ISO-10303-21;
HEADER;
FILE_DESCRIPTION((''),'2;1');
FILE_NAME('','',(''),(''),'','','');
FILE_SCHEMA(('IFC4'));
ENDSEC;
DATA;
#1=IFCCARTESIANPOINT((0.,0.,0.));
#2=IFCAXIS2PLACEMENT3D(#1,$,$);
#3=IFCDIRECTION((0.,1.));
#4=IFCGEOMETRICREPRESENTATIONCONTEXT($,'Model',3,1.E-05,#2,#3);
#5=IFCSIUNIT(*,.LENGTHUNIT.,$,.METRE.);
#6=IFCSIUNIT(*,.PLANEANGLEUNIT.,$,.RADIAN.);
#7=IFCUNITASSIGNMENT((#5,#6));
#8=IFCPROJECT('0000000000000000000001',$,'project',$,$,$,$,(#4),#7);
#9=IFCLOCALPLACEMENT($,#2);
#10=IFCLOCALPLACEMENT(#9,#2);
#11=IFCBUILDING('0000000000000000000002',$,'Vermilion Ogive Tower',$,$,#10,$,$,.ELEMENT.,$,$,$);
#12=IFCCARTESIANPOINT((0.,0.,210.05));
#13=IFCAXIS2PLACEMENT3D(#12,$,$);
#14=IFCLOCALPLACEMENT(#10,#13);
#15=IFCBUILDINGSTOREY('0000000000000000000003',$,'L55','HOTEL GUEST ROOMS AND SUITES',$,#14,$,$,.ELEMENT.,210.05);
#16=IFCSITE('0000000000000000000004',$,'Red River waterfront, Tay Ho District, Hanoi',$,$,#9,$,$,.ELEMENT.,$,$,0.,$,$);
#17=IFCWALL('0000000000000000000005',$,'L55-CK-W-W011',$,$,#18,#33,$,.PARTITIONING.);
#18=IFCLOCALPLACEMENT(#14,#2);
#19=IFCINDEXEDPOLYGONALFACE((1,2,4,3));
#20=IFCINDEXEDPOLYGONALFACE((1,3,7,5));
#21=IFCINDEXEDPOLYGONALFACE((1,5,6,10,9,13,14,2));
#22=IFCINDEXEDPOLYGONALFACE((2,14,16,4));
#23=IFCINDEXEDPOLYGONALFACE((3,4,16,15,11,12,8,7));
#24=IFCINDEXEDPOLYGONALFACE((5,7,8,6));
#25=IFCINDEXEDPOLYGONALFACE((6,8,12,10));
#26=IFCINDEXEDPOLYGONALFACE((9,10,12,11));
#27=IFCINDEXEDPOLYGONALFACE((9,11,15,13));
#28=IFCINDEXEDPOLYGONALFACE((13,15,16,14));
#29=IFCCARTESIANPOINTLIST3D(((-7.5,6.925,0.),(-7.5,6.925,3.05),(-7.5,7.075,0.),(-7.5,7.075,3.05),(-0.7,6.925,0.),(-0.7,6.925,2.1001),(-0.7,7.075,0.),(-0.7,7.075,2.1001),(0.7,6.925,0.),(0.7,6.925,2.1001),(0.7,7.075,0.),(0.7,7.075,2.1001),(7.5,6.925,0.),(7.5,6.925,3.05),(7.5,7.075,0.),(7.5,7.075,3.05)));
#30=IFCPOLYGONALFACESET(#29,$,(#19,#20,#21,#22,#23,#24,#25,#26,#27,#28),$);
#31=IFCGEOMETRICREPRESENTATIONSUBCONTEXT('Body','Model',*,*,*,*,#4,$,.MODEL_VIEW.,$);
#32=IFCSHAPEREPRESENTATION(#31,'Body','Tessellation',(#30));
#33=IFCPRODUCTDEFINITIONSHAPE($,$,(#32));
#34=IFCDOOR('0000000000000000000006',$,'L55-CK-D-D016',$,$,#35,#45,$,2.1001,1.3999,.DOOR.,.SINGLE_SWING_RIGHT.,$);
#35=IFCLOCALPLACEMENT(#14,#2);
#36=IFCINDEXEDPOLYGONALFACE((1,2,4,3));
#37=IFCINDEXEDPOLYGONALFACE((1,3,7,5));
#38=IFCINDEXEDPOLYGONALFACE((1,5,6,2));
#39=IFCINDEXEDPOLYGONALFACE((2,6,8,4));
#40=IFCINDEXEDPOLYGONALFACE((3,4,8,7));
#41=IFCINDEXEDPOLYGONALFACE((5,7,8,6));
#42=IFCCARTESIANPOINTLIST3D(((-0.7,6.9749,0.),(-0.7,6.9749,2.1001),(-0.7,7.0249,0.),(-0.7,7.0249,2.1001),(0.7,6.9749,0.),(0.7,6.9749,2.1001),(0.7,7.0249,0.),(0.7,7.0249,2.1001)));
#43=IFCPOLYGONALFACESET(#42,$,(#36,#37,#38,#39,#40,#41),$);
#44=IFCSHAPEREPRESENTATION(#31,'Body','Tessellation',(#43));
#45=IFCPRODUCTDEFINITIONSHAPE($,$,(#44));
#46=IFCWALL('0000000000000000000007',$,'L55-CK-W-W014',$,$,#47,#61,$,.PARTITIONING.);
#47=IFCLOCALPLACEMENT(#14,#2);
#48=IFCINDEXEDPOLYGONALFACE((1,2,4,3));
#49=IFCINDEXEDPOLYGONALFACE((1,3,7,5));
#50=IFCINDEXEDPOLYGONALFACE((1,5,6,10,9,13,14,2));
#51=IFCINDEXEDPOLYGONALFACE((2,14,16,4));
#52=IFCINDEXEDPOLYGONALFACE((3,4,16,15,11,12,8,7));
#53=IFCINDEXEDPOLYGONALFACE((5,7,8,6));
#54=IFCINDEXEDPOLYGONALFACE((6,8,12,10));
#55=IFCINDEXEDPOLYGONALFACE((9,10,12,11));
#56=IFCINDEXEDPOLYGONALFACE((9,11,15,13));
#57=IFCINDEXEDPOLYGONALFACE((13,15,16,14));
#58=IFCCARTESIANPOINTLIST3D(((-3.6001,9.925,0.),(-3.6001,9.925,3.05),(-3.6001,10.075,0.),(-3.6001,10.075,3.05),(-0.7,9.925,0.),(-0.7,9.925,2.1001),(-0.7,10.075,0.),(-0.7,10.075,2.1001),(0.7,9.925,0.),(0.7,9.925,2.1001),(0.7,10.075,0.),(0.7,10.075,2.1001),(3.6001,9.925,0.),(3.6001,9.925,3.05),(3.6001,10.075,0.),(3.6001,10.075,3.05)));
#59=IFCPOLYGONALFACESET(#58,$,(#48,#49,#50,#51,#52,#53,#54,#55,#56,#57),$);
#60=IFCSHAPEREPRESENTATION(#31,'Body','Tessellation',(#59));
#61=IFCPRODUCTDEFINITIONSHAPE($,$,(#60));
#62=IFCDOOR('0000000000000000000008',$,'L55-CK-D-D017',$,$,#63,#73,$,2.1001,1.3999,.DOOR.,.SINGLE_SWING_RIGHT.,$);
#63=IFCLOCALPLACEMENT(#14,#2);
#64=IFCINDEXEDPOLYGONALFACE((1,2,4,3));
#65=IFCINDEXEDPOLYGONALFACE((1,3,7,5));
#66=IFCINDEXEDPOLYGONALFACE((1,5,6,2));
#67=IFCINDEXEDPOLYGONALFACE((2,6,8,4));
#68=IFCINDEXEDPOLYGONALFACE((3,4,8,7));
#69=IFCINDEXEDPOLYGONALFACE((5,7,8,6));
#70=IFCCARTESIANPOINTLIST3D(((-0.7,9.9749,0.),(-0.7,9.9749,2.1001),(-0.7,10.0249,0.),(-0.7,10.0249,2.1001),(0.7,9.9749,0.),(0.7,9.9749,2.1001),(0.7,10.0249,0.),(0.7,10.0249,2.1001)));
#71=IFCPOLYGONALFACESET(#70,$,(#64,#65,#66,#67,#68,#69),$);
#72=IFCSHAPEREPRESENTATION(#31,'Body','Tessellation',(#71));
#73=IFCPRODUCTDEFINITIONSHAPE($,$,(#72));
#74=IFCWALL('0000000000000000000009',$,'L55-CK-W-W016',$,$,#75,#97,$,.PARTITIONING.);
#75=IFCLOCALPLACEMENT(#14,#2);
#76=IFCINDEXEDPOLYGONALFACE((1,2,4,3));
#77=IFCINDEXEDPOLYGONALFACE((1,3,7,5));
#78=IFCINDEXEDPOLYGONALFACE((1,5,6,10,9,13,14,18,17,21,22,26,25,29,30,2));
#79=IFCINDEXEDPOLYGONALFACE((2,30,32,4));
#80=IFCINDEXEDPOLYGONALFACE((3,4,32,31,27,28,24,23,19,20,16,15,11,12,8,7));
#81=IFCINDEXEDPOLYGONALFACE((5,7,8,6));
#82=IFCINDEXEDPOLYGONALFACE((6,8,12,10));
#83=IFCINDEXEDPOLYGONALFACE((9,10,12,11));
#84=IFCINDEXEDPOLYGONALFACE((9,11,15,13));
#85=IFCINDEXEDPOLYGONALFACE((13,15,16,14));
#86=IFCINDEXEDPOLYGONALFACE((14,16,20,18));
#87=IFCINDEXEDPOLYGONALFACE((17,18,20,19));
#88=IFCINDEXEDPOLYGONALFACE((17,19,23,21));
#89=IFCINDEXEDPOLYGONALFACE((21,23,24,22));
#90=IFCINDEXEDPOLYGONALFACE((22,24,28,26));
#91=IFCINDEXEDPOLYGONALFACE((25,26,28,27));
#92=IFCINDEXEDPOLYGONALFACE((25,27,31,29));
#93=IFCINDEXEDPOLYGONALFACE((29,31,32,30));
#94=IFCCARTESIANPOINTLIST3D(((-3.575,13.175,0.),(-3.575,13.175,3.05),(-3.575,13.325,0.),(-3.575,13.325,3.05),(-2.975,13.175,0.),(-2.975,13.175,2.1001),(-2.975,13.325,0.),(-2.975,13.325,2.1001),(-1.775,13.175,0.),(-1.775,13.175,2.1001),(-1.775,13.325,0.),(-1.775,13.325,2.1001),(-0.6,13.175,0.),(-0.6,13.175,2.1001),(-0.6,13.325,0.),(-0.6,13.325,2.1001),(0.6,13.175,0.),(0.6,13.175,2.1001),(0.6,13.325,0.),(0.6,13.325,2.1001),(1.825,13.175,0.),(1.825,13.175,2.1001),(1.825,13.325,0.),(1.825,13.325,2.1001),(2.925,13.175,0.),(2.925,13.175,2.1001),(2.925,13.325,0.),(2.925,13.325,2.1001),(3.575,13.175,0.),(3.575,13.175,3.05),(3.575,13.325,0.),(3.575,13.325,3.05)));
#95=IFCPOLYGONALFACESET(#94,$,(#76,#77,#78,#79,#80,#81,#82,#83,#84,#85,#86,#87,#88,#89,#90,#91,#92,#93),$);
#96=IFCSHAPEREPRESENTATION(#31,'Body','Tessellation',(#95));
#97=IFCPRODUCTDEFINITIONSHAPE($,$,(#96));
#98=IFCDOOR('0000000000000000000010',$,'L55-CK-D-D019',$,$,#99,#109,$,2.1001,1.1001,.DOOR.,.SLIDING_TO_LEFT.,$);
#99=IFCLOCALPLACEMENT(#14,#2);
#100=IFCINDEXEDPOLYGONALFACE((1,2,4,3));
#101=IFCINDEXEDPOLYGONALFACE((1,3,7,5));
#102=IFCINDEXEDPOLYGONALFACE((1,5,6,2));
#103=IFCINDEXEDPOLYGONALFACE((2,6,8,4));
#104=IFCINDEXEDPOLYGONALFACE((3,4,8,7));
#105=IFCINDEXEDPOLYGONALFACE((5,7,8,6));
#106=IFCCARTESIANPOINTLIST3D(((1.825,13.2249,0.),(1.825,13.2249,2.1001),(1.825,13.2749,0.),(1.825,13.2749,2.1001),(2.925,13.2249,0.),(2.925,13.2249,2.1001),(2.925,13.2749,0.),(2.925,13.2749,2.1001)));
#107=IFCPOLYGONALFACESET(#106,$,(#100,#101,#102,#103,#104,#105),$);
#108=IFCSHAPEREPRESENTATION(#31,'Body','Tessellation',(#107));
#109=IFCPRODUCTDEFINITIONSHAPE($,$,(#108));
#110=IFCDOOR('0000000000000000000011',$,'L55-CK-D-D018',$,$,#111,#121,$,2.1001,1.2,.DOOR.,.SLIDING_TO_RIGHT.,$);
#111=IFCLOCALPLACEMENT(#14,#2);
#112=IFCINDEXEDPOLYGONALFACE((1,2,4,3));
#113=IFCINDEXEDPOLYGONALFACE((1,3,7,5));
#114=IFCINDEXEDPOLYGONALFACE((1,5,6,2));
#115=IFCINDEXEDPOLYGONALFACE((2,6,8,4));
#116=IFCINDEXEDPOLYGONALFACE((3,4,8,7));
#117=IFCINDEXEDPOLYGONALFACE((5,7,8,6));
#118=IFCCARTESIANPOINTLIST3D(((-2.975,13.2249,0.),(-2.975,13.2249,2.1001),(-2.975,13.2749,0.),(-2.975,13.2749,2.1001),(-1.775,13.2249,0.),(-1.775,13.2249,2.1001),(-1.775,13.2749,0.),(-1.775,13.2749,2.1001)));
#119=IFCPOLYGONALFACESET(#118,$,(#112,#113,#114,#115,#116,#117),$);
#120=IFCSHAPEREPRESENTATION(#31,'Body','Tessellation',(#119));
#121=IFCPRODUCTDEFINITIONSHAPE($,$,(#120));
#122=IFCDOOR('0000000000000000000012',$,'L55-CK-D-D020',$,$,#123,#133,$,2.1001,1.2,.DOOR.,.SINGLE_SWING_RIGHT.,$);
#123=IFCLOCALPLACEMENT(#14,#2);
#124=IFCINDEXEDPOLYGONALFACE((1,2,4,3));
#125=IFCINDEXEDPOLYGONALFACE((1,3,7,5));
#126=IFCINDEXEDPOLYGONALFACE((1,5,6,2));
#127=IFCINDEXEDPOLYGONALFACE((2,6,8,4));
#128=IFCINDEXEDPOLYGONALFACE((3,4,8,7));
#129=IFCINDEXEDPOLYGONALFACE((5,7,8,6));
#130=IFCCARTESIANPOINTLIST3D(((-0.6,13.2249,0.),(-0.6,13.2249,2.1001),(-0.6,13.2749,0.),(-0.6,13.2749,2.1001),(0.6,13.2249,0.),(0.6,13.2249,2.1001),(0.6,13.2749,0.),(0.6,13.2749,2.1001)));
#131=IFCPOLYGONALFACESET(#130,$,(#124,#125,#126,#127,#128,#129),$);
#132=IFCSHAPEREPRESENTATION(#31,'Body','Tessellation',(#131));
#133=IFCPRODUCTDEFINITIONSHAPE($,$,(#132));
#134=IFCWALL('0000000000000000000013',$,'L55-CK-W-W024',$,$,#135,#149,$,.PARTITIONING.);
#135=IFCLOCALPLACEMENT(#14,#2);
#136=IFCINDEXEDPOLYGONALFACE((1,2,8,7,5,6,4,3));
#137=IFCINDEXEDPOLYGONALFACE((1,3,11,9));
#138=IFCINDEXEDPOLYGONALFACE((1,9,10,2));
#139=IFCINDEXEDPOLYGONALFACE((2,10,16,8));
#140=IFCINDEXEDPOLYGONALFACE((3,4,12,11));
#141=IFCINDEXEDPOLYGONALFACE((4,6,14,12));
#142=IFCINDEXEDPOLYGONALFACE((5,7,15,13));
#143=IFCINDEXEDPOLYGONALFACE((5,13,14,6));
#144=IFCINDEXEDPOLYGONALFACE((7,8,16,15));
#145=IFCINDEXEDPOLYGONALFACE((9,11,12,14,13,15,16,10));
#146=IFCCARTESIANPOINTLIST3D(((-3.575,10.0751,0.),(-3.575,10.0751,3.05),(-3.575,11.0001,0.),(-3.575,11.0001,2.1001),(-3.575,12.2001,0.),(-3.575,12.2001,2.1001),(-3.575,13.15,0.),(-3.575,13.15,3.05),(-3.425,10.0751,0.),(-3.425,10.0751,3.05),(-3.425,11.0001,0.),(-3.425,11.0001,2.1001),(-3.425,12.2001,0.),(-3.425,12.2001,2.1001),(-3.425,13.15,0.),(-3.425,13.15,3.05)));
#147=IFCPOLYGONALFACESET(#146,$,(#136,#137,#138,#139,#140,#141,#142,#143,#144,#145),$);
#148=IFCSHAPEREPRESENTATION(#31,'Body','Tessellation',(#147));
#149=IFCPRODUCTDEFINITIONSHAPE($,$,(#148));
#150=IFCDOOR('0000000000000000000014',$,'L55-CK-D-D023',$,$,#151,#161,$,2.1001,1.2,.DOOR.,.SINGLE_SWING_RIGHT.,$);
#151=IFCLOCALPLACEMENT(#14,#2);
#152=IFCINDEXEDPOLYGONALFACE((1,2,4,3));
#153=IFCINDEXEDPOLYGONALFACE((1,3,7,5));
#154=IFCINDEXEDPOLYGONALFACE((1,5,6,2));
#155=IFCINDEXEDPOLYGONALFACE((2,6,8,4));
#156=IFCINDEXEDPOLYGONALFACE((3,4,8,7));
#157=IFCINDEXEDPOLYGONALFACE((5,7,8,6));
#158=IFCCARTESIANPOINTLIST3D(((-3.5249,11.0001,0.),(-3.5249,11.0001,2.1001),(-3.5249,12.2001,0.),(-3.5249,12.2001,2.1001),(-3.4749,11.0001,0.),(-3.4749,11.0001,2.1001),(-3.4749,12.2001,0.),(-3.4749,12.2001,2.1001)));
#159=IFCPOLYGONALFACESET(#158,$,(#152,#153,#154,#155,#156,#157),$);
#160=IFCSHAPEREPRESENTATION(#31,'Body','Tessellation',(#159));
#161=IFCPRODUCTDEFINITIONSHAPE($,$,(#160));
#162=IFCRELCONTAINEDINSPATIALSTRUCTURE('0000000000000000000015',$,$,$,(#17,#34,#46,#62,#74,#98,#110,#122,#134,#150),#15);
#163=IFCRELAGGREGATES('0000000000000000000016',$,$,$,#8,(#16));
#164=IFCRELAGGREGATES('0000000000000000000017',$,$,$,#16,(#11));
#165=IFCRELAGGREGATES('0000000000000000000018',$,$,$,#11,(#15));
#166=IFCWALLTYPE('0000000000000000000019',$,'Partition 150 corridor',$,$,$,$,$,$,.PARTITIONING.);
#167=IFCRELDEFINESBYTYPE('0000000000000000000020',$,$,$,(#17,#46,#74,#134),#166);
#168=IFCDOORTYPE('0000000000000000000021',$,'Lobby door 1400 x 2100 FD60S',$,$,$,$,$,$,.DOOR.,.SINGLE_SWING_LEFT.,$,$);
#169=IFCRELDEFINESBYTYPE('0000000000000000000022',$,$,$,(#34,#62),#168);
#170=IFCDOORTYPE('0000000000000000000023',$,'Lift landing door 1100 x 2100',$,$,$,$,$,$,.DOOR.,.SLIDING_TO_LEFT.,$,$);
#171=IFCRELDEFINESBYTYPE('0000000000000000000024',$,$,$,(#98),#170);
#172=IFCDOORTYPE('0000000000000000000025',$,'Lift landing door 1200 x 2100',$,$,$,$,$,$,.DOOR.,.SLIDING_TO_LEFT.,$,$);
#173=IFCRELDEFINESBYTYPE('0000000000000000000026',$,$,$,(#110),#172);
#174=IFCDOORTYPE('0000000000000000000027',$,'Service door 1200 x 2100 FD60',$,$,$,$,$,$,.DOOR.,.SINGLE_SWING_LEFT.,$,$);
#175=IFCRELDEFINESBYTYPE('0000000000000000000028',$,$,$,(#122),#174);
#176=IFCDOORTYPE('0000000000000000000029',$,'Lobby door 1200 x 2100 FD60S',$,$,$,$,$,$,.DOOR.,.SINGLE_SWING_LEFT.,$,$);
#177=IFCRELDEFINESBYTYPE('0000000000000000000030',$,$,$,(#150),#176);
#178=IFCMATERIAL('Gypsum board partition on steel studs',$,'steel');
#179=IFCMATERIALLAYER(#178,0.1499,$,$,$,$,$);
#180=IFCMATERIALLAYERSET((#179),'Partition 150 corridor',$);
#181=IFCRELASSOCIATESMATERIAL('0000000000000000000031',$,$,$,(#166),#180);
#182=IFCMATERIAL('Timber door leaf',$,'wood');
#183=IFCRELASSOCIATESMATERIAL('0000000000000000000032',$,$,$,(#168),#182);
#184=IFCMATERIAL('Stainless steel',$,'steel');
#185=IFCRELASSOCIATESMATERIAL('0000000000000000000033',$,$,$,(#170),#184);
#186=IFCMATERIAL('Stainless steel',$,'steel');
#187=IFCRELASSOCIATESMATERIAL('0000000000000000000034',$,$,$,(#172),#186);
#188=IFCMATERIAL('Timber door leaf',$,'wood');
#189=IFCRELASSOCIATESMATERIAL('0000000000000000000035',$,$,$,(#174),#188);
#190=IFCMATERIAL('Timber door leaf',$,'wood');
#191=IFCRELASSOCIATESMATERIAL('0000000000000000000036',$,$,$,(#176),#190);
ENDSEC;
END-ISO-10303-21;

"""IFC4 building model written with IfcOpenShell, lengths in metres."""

from ifc_helpers import new_model, si_unit, direction, frame, frame_2d, origin, place, context, subcontext, project, spatial, rectangle, extrude, material, layer, layer_set, type_object, element, fill, save


model = new_model("IFC4")

# Units and contexts
model_context = context("Model", 3, precision=1e-05, world=origin(), true_north=direction((0.0, 1.0)))
body_context = subcontext(model_context, "Body", "Model", "MODEL_VIEW")
ifc_project = project(units=[si_unit("LENGTHUNIT", "METRE"), si_unit("PLANEANGLEUNIT", "RADIAN")], contexts=[model_context])

# Site, building, storey
site_placement = place(None, origin())
site = spatial("IfcSite", under=ifc_project, at=site_placement, Name="Red River waterfront, Tay Ho District, Hanoi", CompositionType="ELEMENT", RefElevation=0.0)
building_placement = place(site_placement, origin())
building = spatial("IfcBuilding", under=site, at=building_placement, Name="Vermilion Ogive Tower", CompositionType="ELEMENT")
storey_placement = place(building_placement, frame((0.0, 0.0, 210.05)))
storey = spatial("IfcBuildingStorey", under=building, at=storey_placement, Name="L55", Description="HOTEL GUEST ROOMS AND SUITES", CompositionType="ELEMENT", Elevation=210.05)

# Walls, openings, doors
ifc_material_1 = material(Name="Gypsum board partition on steel studs", Category="steel")
ifc_layer_1 = layer(ifc_material_1, 0.1499)
ifc_layer_set_1 = layer_set([ifc_layer_1], Name="Partition 150 corridor")
wall_type_1 = type_object("IfcWallType", Name="Partition 150 corridor", PredefinedType="PARTITIONING", material=ifc_layer_set_1)
wall_1_placement = place(storey_placement, frame((-7.5, 7.0, 0.0), z_axis=(0.0, 0.0, 1.0), x_axis=(1.0, 0.0, 0.0)))
wall_1 = element("IfcWall", 1, at=wall_1_placement, inside=storey, type_object=wall_type_1, Name="L55-CK-W-W011", PredefinedType="PARTITIONING", context=body_context, shape_type="SweptSolid", body=[
    extrude(rectangle(XDim=15.0, YDim=0.1499, at=frame_2d((7.5, 0.0))), origin(), (0.0, 0.0, 1.0), 3.05),
])
opening_1_placement = place(wall_1_placement, frame((6.8, 0.0, 0.0)))
opening_1 = element("IfcOpeningElement", 2, at=opening_1_placement, cuts=wall_1, PredefinedType="OPENING", context=body_context, shape_type="SweptSolid", body=[
    extrude(rectangle(XDim=1.3999, YDim=2.1001, at=frame_2d((0.7, 1.05))), frame((0.0, 0.085, 0.0), z_axis=(0.0, -1.0, 0.0), x_axis=(1.0, 0.0, 0.0)), (0.0, 0.0, 1.0), 0.1699),
])
ifc_material_2 = material(Name="Timber door leaf", Category="wood")
door_type_1 = type_object("IfcDoorType", Name="Lobby door 1400 x 2100 FD60S", OperationType="SINGLE_SWING_LEFT", PredefinedType="DOOR", material=ifc_material_2)
door_1_placement = place(opening_1_placement, origin())
door_1 = element("IfcDoor", 3, at=door_1_placement, inside=storey, type_object=door_type_1, Name="L55-CK-D-D016", OperationType="SINGLE_SWING_RIGHT", OverallHeight=2.1001, OverallWidth=1.3999, PredefinedType="DOOR", context=body_context, shape_type="SweptSolid", body=[
    extrude(rectangle(XDim=1.3999, YDim=2.1001, at=frame_2d((0.7, 1.05))), frame((0.0, 0.0249, 0.0), z_axis=(0.0, -1.0, 0.0), x_axis=(1.0, 0.0, 0.0)), (0.0, 0.0, 1.0), 0.05),
])
fill(opening_1, door_1)
wall_2_placement = place(storey_placement, frame((-3.6001, 10.0, 0.0), z_axis=(0.0, 0.0, 1.0), x_axis=(1.0, 0.0, 0.0)))
wall_2 = element("IfcWall", 4, at=wall_2_placement, inside=storey, type_object=wall_type_1, Name="L55-CK-W-W014", PredefinedType="PARTITIONING", context=body_context, shape_type="SweptSolid", body=[
    extrude(rectangle(XDim=7.2002, YDim=0.1499, at=frame_2d((3.6001, 0.0))), origin(), (0.0, 0.0, 1.0), 3.05),
])
opening_2_placement = place(wall_2_placement, frame((2.9001, 0.0, 0.0)))
opening_2 = element("IfcOpeningElement", 5, at=opening_2_placement, cuts=wall_2, PredefinedType="OPENING", context=body_context, shape_type="SweptSolid", body=[
    extrude(rectangle(XDim=1.3999, YDim=2.1001, at=frame_2d((0.7, 1.05))), frame((0.0, 0.085, 0.0), z_axis=(0.0, -1.0, 0.0), x_axis=(1.0, 0.0, 0.0)), (0.0, 0.0, 1.0), 0.1699),
])
door_2_placement = place(opening_2_placement, origin())
door_2 = element("IfcDoor", 6, at=door_2_placement, inside=storey, type_object=door_type_1, Name="L55-CK-D-D017", OperationType="SINGLE_SWING_RIGHT", OverallHeight=2.1001, OverallWidth=1.3999, PredefinedType="DOOR", context=body_context, shape_type="SweptSolid", body=[
    extrude(rectangle(XDim=1.3999, YDim=2.1001, at=frame_2d((0.7, 1.05))), frame((0.0, 0.0249, 0.0), z_axis=(0.0, -1.0, 0.0), x_axis=(1.0, 0.0, 0.0)), (0.0, 0.0, 1.0), 0.05),
])
fill(opening_2, door_2)

# Wall, openings, doors
wall_3_placement = place(storey_placement, frame((-3.575, 13.25, 0.0), z_axis=(0.0, 0.0, 1.0), x_axis=(1.0, 0.0, 0.0)))
wall_3 = element("IfcWall", 7, at=wall_3_placement, inside=storey, type_object=wall_type_1, Name="L55-CK-W-W016", PredefinedType="PARTITIONING", context=body_context, shape_type="SweptSolid", body=[
    extrude(rectangle(XDim=7.1499, YDim=0.1499, at=frame_2d((3.575, 0.0))), origin(), (0.0, 0.0, 1.0), 3.05),
])
opening_3_placement = place(wall_3_placement, frame((0.5999, 0.0, 0.0)))
opening_3 = element("IfcOpeningElement", 8, at=opening_3_placement, cuts=wall_3, PredefinedType="OPENING", context=body_context, shape_type="SweptSolid", body=[
    extrude(rectangle(XDim=1.2, YDim=2.1001, at=frame_2d((0.6001, 1.05))), frame((0.0, 0.085, 0.0), z_axis=(0.0, -1.0, 0.0), x_axis=(1.0, 0.0, 0.0)), (0.0, 0.0, 1.0), 0.1699),
])
opening_4_placement = place(wall_3_placement, frame((5.3999, 0.0, 0.0)))
opening_4 = element("IfcOpeningElement", 9, at=opening_4_placement, cuts=wall_3, PredefinedType="OPENING", context=body_context, shape_type="SweptSolid", body=[
    extrude(rectangle(XDim=1.1001, YDim=2.1001, at=frame_2d((0.55, 1.05))), frame((0.0, 0.085, 0.0), z_axis=(0.0, -1.0, 0.0), x_axis=(1.0, 0.0, 0.0)), (0.0, 0.0, 1.0), 0.1699),
])
opening_5_placement = place(wall_3_placement, frame((2.9749, 0.0, 0.0)))
opening_5 = element("IfcOpeningElement", 10, at=opening_5_placement, cuts=wall_3, PredefinedType="OPENING", context=body_context, shape_type="SweptSolid", body=[
    extrude(rectangle(XDim=1.2, YDim=2.1001, at=frame_2d((0.6001, 1.05))), frame((0.0, 0.085, 0.0), z_axis=(0.0, -1.0, 0.0), x_axis=(1.0, 0.0, 0.0)), (0.0, 0.0, 1.0), 0.1699),
])
ifc_material_3 = material(Name="Stainless steel", Category="steel")
door_type_2 = type_object("IfcDoorType", Name="Lift landing door 1100 x 2100", OperationType="SLIDING_TO_LEFT", PredefinedType="DOOR", material=ifc_material_3)
door_3_placement = place(opening_4_placement, origin())
door_3 = element("IfcDoor", 11, at=door_3_placement, inside=storey, type_object=door_type_2, Name="L55-CK-D-D019", OperationType="SLIDING_TO_LEFT", OverallHeight=2.1001, OverallWidth=1.1001, PredefinedType="DOOR", context=body_context, shape_type="SweptSolid", body=[
    extrude(rectangle(XDim=1.1001, YDim=2.1001, at=frame_2d((0.55, 1.05))), frame((0.0, 0.0249, 0.0), z_axis=(0.0, -1.0, 0.0), x_axis=(1.0, 0.0, 0.0)), (0.0, 0.0, 1.0), 0.05),
])
fill(opening_4, door_3)
ifc_material_4 = material(Name="Stainless steel", Category="steel")
door_type_3 = type_object("IfcDoorType", Name="Lift landing door 1200 x 2100", OperationType="SLIDING_TO_LEFT", PredefinedType="DOOR", material=ifc_material_4)
door_4_placement = place(opening_3_placement, origin())
door_4 = element("IfcDoor", 12, at=door_4_placement, inside=storey, type_object=door_type_3, Name="L55-CK-D-D018", OperationType="SLIDING_TO_RIGHT", OverallHeight=2.1001, OverallWidth=1.2, PredefinedType="DOOR", context=body_context, shape_type="SweptSolid", body=[
    extrude(rectangle(XDim=1.2, YDim=2.1001, at=frame_2d((0.6001, 1.05))), frame((0.0, 0.0249, 0.0), z_axis=(0.0, -1.0, 0.0), x_axis=(1.0, 0.0, 0.0)), (0.0, 0.0, 1.0), 0.05),
])
fill(opening_3, door_4)
ifc_material_5 = material(Name="Timber door leaf", Category="wood")
door_type_4 = type_object("IfcDoorType", Name="Service door 1200 x 2100 FD60", OperationType="SINGLE_SWING_LEFT", PredefinedType="DOOR", material=ifc_material_5)
door_5_placement = place(opening_5_placement, origin())
door_5 = element("IfcDoor", 13, at=door_5_placement, inside=storey, type_object=door_type_4, Name="L55-CK-D-D020", OperationType="SINGLE_SWING_RIGHT", OverallHeight=2.1001, OverallWidth=1.2, PredefinedType="DOOR", context=body_context, shape_type="SweptSolid", body=[
    extrude(rectangle(XDim=1.2, YDim=2.1001, at=frame_2d((0.6001, 1.05))), frame((0.0, 0.0249, 0.0), z_axis=(0.0, -1.0, 0.0), x_axis=(1.0, 0.0, 0.0)), (0.0, 0.0, 1.0), 0.05),
])
fill(opening_5, door_5)

# Wall, opening, door
wall_4_placement = place(storey_placement, frame((-3.5, 10.075, 0.0), z_axis=(0.0, 0.0, 1.0), x_axis=(0.0, 1.0, 0.0)))
wall_4 = element("IfcWall", 14, at=wall_4_placement, inside=storey, type_object=wall_type_1, Name="L55-CK-W-W024", PredefinedType="PARTITIONING", context=body_context, shape_type="SweptSolid", body=[
    extrude(rectangle(XDim=3.075, YDim=0.1499, at=frame_2d((1.5376, 0.0))), origin(), (0.0, 0.0, 1.0), 3.05),
])
opening_6_placement = place(wall_4_placement, frame((0.925, 0.0, 0.0)))
opening_6 = element("IfcOpeningElement", 15, at=opening_6_placement, cuts=wall_4, PredefinedType="OPENING", context=body_context, shape_type="SweptSolid", body=[
    extrude(rectangle(XDim=1.2, YDim=2.1001, at=frame_2d((0.6001, 1.05))), frame((0.0, 0.085, 0.0), z_axis=(0.0, -1.0, 0.0), x_axis=(1.0, 0.0, 0.0)), (0.0, 0.0, 1.0), 0.1699),
])
ifc_material_6 = material(Name="Timber door leaf", Category="wood")
door_type_5 = type_object("IfcDoorType", Name="Lobby door 1200 x 2100 FD60S", OperationType="SINGLE_SWING_LEFT", PredefinedType="DOOR", material=ifc_material_6)
door_6_placement = place(opening_6_placement, origin())
door_6 = element("IfcDoor", 16, at=door_6_placement, inside=storey, type_object=door_type_5, Name="L55-CK-D-D023", OperationType="SINGLE_SWING_RIGHT", OverallHeight=2.1001, OverallWidth=1.2, PredefinedType="DOOR", context=body_context, shape_type="SweptSolid", body=[
    extrude(rectangle(XDim=1.2, YDim=2.1001, at=frame_2d((0.6001, 1.05))), frame((0.0, 0.0249, 0.0), z_axis=(0.0, -1.0, 0.0), x_axis=(1.0, 0.0, 0.0)), (0.0, 0.0, 1.0), 0.05),
])
fill(opening_6, door_6)

save(model, "model.ifc")
